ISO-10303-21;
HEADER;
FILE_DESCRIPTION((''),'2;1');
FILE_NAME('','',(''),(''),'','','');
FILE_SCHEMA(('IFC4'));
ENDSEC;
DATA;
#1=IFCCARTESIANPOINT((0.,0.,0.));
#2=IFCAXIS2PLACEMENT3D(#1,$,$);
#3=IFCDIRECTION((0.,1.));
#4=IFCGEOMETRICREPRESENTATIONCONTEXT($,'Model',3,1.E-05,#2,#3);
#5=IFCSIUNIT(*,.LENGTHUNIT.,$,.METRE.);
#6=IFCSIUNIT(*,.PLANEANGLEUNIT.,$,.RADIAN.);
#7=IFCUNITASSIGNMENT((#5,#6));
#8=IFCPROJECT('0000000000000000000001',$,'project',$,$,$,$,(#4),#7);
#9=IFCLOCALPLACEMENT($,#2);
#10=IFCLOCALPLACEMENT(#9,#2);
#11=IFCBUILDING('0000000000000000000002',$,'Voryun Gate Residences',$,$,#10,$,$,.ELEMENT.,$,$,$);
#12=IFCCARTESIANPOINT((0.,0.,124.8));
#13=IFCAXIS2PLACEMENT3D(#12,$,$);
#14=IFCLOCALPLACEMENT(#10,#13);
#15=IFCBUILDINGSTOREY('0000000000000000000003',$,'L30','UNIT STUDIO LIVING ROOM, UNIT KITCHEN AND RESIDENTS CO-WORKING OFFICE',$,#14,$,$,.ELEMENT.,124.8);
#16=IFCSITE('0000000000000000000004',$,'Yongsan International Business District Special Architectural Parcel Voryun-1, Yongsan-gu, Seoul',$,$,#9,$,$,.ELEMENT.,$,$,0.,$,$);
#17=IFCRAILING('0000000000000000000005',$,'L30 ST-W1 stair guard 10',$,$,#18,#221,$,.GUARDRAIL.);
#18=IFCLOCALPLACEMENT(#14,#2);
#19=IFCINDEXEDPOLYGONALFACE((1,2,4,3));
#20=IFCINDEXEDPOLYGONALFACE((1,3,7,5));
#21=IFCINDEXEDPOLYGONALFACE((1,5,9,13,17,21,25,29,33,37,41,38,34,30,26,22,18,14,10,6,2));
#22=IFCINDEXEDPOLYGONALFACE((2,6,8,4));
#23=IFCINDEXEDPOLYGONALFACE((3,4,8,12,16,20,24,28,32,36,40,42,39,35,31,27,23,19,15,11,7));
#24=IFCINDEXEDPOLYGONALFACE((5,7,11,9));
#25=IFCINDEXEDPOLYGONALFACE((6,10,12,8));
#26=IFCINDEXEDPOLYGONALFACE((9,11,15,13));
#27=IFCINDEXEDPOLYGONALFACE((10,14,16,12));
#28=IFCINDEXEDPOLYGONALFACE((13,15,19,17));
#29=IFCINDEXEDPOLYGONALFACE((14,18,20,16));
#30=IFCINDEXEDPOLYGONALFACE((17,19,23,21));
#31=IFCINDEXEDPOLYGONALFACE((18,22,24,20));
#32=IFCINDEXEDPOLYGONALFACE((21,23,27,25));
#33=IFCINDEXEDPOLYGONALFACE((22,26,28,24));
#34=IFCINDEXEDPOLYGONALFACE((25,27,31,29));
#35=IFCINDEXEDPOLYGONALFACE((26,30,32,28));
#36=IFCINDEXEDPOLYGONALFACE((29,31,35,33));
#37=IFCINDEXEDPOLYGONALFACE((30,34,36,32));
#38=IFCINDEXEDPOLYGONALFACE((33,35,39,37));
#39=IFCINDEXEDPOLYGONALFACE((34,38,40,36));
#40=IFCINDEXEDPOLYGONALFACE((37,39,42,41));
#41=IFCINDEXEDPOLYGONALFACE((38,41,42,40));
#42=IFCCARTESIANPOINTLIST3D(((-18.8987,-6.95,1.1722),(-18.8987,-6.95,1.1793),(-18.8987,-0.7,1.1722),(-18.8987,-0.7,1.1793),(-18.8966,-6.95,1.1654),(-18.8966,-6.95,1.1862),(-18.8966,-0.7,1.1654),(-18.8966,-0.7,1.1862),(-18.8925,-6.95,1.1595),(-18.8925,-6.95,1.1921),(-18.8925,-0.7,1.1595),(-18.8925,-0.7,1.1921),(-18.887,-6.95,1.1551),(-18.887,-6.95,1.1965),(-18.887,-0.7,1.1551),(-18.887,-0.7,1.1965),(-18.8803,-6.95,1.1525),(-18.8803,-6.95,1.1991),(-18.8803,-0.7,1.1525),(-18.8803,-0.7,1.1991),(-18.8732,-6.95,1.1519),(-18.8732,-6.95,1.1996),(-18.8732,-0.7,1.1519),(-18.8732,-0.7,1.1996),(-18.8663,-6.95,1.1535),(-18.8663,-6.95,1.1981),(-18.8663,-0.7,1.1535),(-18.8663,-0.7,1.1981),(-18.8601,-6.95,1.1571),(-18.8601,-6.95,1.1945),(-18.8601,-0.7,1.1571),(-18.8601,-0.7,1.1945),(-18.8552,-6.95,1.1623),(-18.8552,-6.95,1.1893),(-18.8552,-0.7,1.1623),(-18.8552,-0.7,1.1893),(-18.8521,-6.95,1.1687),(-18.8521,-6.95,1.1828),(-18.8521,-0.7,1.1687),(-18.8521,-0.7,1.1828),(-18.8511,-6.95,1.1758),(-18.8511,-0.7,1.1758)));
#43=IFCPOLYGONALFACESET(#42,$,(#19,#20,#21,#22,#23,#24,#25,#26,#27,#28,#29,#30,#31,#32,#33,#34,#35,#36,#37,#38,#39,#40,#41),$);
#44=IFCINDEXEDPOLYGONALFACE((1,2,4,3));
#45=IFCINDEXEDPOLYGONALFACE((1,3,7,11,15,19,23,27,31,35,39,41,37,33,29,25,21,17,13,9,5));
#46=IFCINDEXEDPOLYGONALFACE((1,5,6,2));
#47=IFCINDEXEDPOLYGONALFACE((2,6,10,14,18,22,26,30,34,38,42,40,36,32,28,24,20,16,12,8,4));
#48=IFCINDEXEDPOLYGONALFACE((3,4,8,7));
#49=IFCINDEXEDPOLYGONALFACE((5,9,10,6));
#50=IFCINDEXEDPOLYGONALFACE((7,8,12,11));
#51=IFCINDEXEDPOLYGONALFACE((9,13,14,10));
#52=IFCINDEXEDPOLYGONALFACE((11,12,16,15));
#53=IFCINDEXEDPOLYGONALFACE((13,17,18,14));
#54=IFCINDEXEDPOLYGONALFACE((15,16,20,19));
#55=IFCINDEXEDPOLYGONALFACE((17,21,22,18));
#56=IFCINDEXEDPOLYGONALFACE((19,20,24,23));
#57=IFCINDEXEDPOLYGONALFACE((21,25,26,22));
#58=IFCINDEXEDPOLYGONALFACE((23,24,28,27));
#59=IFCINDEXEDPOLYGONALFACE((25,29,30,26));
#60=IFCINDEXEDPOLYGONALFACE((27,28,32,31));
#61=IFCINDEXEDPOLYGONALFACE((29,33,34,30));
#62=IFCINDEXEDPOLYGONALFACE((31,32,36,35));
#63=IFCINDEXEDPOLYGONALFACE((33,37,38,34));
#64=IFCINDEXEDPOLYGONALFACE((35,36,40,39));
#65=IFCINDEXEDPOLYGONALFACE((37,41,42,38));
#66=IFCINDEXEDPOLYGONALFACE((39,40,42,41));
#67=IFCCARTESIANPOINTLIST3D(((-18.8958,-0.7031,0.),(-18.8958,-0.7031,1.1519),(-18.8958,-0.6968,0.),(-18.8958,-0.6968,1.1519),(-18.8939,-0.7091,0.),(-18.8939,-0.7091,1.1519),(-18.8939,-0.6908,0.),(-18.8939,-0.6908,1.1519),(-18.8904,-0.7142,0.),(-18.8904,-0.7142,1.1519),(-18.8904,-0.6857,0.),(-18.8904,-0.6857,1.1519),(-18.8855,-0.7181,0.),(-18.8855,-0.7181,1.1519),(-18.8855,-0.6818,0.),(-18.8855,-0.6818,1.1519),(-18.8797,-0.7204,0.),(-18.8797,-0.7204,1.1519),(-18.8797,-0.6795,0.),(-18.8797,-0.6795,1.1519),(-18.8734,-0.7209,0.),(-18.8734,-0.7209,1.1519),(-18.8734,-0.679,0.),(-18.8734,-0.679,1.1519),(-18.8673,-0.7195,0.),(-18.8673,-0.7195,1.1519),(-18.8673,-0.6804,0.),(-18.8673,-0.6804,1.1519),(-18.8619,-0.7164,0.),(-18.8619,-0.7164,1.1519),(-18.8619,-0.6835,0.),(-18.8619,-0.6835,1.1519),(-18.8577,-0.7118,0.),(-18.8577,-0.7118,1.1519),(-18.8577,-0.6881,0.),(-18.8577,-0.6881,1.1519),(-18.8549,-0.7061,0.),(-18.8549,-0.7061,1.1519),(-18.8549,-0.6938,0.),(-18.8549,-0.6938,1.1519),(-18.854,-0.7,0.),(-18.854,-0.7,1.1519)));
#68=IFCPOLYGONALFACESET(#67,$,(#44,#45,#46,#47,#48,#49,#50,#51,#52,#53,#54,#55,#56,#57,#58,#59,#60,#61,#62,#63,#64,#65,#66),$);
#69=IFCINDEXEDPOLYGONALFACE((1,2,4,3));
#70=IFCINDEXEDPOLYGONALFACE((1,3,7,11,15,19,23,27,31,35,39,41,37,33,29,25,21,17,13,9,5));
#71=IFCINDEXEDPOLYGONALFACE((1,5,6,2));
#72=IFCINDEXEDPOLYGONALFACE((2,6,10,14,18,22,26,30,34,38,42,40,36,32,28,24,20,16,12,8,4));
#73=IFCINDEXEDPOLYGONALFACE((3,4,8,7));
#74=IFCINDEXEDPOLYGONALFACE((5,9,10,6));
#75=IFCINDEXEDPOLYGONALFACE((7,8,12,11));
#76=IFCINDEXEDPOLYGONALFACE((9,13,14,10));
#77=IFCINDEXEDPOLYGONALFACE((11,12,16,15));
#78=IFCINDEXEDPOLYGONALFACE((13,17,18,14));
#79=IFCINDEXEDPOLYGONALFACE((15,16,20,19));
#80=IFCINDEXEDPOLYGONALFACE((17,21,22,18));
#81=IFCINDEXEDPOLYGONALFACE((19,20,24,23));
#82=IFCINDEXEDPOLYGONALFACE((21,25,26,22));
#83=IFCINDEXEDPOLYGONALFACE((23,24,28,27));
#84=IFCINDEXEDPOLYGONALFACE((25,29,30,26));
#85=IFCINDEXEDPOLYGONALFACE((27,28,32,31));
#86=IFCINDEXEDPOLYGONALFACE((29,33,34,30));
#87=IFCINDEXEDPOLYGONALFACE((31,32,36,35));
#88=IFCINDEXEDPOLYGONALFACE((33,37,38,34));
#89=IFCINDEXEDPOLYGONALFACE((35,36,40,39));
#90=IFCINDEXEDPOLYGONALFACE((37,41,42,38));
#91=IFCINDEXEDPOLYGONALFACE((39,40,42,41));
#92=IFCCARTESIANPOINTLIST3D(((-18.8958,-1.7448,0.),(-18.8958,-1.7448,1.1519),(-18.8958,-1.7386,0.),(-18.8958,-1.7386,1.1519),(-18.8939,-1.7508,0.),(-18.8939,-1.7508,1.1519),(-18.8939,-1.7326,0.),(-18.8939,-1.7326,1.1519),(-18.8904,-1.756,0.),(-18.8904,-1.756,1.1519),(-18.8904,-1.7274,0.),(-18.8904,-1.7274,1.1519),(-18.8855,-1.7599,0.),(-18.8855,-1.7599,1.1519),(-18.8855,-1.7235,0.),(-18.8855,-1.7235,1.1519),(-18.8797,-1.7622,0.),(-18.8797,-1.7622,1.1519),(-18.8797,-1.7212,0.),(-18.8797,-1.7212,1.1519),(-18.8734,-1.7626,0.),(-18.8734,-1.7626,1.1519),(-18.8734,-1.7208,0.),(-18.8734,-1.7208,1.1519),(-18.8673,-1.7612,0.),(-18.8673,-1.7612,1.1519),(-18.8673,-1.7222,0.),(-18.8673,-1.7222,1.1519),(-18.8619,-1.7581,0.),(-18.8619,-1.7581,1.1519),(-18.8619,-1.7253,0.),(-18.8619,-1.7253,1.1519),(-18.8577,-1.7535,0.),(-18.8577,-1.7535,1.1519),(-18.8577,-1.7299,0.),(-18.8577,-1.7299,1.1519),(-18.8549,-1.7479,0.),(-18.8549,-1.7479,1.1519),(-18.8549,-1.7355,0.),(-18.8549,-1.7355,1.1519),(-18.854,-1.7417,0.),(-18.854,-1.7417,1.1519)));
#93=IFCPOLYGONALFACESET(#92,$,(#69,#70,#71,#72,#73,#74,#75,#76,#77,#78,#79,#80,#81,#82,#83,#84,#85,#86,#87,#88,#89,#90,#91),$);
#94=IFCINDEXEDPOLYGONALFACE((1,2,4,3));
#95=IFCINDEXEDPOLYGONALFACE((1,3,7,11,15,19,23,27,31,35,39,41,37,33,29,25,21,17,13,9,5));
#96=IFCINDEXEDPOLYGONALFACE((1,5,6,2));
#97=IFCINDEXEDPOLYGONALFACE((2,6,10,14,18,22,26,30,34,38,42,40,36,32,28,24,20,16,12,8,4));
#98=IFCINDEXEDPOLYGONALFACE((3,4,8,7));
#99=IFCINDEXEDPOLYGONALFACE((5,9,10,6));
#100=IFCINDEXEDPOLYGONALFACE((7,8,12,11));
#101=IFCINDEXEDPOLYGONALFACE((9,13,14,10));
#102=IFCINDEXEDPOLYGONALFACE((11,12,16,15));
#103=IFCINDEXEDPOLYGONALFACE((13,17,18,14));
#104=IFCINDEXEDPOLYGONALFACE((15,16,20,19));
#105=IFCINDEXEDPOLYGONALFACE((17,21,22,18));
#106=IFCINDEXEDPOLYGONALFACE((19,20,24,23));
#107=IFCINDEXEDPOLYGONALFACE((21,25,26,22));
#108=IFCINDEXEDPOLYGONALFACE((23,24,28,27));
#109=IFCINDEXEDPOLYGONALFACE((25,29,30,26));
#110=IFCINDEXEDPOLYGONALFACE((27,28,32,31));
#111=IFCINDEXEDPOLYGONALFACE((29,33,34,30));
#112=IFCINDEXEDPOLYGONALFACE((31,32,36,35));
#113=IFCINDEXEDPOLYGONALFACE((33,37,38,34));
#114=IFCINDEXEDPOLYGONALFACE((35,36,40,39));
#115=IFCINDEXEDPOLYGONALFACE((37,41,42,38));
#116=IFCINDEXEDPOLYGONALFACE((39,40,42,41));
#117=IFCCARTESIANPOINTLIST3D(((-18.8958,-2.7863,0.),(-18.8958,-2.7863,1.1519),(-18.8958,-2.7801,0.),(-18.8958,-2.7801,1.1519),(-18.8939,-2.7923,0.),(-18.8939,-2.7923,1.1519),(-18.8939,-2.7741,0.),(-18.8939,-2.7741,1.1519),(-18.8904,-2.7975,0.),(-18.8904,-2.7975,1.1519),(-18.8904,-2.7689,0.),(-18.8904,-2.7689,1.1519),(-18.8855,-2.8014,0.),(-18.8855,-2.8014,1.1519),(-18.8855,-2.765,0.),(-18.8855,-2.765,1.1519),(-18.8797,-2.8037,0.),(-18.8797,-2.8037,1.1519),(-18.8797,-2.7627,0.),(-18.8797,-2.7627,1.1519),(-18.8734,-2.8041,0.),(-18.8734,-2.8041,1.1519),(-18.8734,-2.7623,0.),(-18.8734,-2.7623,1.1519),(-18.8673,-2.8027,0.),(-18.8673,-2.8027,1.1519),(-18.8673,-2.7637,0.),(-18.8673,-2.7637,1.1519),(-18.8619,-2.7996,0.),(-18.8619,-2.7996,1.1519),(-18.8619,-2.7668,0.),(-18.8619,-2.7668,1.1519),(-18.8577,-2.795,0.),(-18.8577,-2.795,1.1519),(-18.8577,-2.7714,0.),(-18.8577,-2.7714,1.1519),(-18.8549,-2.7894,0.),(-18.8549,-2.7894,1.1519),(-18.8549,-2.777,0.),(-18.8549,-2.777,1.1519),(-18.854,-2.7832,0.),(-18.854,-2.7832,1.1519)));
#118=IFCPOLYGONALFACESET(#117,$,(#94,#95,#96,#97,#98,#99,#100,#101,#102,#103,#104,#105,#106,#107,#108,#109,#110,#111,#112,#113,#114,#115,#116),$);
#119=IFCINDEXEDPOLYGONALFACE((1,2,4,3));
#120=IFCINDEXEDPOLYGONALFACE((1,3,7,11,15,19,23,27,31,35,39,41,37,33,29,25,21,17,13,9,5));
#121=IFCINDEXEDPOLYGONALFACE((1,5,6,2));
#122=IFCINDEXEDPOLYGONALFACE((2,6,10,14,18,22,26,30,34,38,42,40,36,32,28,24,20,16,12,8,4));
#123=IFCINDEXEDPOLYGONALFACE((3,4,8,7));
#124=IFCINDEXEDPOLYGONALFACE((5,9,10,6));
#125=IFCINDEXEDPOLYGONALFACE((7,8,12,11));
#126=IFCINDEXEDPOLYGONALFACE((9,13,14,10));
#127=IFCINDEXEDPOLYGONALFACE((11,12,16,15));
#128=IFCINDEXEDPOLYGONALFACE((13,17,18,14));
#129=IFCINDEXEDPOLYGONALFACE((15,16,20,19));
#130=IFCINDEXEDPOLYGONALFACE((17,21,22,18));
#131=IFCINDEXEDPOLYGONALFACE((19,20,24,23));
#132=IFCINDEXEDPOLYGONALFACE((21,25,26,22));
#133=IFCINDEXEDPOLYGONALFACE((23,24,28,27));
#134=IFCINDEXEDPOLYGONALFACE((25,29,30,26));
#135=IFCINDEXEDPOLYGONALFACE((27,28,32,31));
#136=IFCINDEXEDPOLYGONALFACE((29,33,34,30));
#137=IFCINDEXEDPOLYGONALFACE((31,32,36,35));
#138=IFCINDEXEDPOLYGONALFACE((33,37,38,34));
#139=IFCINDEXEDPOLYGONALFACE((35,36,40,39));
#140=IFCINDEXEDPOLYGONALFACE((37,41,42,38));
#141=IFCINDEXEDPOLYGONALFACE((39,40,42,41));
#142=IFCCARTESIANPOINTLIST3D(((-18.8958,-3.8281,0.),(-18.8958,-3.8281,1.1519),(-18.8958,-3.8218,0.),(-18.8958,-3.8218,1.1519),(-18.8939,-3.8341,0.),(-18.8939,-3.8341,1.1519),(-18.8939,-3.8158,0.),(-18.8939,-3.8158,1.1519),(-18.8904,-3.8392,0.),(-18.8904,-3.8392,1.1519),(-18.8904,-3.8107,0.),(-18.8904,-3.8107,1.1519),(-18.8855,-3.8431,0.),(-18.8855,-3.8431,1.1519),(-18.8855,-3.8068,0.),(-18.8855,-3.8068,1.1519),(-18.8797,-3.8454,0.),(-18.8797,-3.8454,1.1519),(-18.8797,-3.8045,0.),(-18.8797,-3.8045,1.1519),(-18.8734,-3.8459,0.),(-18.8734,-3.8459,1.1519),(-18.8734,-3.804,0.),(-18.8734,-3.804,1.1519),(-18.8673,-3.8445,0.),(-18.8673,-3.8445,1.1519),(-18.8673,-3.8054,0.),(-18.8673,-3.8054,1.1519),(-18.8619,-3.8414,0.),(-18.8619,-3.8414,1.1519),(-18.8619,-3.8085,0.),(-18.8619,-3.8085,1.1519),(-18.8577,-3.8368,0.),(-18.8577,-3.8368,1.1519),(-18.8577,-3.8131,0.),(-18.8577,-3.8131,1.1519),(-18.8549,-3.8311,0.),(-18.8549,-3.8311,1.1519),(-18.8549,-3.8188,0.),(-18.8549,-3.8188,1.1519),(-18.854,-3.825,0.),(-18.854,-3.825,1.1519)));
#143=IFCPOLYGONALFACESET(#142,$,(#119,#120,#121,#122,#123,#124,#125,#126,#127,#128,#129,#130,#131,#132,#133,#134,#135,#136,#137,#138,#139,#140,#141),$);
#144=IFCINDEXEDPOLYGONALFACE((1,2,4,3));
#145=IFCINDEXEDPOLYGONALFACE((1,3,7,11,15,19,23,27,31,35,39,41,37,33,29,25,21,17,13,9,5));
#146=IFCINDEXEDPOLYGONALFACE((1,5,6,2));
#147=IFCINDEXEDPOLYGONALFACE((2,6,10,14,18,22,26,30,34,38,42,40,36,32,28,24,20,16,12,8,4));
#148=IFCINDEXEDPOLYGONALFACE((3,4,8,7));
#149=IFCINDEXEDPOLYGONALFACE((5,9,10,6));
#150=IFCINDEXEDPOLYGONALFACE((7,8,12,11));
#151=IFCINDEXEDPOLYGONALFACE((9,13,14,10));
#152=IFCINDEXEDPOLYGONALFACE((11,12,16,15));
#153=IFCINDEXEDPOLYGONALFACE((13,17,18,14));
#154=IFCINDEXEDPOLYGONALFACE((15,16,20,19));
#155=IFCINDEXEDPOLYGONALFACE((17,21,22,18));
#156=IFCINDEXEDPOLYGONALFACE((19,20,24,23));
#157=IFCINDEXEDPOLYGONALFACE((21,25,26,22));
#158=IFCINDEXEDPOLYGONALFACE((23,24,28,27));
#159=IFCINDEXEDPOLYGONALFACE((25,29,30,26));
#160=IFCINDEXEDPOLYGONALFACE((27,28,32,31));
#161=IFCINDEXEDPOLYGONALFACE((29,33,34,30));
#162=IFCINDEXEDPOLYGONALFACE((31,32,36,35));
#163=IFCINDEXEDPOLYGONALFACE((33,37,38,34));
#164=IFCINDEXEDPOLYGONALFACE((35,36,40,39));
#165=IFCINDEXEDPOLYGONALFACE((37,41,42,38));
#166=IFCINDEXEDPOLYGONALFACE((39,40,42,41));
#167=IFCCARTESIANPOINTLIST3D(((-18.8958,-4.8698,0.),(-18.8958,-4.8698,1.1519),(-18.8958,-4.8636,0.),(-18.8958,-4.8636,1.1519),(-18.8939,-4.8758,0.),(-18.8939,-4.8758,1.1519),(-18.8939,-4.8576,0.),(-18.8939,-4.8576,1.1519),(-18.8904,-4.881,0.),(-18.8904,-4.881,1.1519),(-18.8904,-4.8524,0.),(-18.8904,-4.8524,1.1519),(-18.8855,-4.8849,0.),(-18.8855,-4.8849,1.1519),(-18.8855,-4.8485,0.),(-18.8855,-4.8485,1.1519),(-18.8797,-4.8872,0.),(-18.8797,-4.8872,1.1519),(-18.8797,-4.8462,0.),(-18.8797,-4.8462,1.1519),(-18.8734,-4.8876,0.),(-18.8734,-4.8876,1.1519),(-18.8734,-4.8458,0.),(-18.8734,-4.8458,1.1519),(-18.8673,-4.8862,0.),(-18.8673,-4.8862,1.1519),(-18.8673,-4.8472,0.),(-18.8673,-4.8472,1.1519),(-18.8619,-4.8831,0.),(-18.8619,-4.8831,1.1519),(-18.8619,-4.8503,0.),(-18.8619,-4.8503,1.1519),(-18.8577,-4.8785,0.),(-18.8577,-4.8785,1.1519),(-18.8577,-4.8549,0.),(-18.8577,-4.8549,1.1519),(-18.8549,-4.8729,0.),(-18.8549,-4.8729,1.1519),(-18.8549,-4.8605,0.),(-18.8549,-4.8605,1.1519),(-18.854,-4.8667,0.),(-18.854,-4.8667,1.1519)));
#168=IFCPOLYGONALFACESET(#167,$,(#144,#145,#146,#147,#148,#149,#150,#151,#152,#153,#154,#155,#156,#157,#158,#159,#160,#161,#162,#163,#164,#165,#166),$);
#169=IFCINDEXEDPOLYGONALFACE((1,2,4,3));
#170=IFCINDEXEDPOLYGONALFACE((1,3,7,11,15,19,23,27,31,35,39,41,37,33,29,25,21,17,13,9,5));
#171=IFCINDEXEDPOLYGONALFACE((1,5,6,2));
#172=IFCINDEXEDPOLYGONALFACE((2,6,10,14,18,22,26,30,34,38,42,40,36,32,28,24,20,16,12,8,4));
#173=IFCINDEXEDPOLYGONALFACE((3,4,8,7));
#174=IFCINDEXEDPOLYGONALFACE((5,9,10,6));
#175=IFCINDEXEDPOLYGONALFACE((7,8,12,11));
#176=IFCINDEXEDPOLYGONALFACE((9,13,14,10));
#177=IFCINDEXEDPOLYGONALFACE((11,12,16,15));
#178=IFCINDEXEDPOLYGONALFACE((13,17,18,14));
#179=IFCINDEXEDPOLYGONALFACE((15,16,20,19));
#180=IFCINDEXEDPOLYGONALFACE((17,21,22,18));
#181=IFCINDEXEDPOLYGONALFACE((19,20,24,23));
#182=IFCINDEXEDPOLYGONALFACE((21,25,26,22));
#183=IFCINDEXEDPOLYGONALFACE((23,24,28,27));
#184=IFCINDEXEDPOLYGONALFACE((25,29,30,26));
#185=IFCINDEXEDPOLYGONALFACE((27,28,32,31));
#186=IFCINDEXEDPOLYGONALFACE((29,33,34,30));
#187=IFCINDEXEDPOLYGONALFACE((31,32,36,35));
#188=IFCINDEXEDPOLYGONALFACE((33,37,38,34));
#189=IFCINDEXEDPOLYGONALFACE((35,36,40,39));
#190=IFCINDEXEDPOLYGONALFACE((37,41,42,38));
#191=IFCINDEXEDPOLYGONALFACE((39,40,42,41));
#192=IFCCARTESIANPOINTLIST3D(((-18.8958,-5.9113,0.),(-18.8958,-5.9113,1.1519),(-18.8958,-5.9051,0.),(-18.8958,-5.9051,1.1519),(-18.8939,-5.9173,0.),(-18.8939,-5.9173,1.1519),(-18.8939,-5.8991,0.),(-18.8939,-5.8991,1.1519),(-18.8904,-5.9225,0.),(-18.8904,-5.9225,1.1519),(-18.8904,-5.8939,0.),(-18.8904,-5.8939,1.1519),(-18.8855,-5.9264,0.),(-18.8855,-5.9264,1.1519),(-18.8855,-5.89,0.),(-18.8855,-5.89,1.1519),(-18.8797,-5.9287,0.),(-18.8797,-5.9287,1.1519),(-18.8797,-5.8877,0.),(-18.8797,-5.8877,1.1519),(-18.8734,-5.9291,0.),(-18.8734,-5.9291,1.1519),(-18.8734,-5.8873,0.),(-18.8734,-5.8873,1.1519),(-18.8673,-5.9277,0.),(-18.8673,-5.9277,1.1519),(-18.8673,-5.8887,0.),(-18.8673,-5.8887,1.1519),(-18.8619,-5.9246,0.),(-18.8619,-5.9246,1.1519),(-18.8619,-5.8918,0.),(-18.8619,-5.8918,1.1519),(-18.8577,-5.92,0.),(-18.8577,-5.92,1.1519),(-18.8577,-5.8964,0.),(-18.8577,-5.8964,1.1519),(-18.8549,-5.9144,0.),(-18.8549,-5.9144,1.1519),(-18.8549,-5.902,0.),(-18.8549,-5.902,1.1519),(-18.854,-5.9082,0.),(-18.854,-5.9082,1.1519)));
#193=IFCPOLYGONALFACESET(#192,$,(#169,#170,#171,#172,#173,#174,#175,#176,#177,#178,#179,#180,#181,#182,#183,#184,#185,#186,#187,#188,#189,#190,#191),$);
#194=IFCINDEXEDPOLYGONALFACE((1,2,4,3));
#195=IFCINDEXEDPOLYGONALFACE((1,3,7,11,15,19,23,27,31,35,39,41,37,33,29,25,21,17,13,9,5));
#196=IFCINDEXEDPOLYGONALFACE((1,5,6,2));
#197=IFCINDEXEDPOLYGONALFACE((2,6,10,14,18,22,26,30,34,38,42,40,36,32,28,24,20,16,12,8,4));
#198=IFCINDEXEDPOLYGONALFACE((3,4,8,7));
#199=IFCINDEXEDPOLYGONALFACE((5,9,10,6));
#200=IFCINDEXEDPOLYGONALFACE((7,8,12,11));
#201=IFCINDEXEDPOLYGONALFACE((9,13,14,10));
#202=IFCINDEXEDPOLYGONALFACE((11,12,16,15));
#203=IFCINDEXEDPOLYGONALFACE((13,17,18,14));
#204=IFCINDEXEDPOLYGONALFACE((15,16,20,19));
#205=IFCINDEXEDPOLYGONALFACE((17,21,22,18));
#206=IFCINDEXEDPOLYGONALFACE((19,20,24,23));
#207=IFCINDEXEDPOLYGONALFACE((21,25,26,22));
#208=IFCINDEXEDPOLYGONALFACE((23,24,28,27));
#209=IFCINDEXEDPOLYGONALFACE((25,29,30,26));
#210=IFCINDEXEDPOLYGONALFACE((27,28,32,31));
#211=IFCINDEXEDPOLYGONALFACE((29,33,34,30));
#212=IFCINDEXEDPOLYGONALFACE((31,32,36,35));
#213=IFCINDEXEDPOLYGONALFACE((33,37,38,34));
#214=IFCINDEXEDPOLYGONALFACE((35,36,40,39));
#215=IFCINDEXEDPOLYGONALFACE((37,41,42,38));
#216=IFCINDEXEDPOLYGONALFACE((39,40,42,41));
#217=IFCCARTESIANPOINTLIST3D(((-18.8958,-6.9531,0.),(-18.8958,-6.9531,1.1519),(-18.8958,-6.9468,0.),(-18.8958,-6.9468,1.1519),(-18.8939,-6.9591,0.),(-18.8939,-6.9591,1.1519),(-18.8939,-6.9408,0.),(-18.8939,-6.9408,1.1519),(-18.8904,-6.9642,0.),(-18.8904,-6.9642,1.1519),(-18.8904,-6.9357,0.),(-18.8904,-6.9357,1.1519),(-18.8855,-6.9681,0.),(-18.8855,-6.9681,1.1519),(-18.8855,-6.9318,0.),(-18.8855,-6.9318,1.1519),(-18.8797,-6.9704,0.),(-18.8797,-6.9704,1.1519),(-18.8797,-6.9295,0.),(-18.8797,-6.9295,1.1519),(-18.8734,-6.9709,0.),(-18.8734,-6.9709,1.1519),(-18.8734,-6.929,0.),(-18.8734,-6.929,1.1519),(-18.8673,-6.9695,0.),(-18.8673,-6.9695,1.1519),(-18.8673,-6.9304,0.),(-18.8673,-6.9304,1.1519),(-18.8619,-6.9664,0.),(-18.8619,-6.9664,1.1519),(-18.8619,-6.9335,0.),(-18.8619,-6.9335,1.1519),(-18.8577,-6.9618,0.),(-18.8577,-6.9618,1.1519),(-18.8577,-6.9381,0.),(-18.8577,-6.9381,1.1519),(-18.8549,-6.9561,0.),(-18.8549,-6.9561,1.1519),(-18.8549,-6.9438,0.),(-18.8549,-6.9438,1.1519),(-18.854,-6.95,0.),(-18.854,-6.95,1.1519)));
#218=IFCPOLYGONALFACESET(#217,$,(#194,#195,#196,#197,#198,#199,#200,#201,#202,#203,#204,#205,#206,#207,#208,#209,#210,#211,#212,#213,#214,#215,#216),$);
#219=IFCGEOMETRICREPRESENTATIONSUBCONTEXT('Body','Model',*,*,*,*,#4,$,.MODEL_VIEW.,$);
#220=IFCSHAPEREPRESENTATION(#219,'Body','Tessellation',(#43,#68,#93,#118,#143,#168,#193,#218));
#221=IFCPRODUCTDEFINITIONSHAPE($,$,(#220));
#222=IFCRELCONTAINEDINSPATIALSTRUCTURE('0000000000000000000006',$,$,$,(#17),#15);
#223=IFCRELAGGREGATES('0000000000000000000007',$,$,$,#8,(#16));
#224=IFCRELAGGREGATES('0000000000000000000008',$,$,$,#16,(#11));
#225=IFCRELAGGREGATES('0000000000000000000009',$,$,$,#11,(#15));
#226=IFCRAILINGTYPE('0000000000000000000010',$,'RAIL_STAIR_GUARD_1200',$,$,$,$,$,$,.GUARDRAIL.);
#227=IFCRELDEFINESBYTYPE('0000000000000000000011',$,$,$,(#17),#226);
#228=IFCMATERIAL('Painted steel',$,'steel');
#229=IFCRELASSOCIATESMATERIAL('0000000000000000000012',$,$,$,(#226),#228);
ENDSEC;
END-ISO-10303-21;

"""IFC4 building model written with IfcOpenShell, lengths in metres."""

from ifc_helpers import new_model, si_unit, direction, frame, origin, origin_2d, place, context, subcontext, project, spatial, circle, extrude, material, type_object, element, save


model = new_model("IFC4")

# Units and contexts
model_context = context("Model", 3, precision=1e-05, world=origin(), true_north=direction((0.0, 1.0)))
body_context = subcontext(model_context, "Body", "Model", "MODEL_VIEW")
ifc_project = project(units=[si_unit("LENGTHUNIT", "METRE"), si_unit("PLANEANGLEUNIT", "RADIAN")], contexts=[model_context])

# Site, building, storey
site_placement = place(None, origin())
site = spatial("IfcSite", under=ifc_project, at=site_placement, Name="Yongsan International Business District Special Architectural Parcel Voryun-1, Yongsan-gu, Seoul", CompositionType="ELEMENT", RefElevation=0.0)
building_placement = place(site_placement, origin())
building = spatial("IfcBuilding", under=site, at=building_placement, Name="Voryun Gate Residences", CompositionType="ELEMENT")
storey_placement = place(building_placement, frame((0.0, 0.0, 124.8)))
storey = spatial("IfcBuildingStorey", under=building, at=storey_placement, Name="L30", Description="UNIT STUDIO LIVING ROOM, UNIT KITCHEN AND RESIDENTS CO-WORKING OFFICE", CompositionType="ELEMENT", Elevation=124.8)

# Railing
ifc_material_1 = material(Name="Painted steel", Category="steel")
railing_type = type_object("IfcRailingType", Name="RAIL_STAIR_GUARD_1200", PredefinedType="GUARDRAIL", material=ifc_material_1)
railing_1_placement = place(storey_placement, frame((-18.875, -0.7, 0.0)))
element("IfcRailing", 1, at=railing_1_placement, inside=storey, type_object=railing_type, Name="L30 ST-W1 stair guard 10", PredefinedType="GUARDRAIL", context=body_context, shape_type="SweptSolid", body=[
    extrude(circle(Radius=0.0239, at=origin_2d()), frame((0.0, 0.0, 1.1758), z_axis=(0.0, -1.0, 0.0), x_axis=(1.0, 0.0, 0.0)), (0.0, 0.0, 1.0), 6.25),
    extrude(circle(Radius=0.021, at=origin_2d()), origin(), (0.0, 0.0, 1.0), 1.1519),
    extrude(circle(Radius=0.021, at=origin_2d()), frame((0.0, -1.0417, 0.0)), (0.0, 0.0, 1.0), 1.1519),
    extrude(circle(Radius=0.021, at=origin_2d()), frame((0.0, -2.0833, 0.0)), (0.0, 0.0, 1.0), 1.1519),
    extrude(circle(Radius=0.021, at=origin_2d()), frame((0.0, -3.125, 0.0)), (0.0, 0.0, 1.0), 1.1519),
    extrude(circle(Radius=0.021, at=origin_2d()), frame((0.0, -4.1667, 0.0)), (0.0, 0.0, 1.0), 1.1519),
    extrude(circle(Radius=0.021, at=origin_2d()), frame((0.0, -5.2083, 0.0)), (0.0, 0.0, 1.0), 1.1519),
    extrude(circle(Radius=0.021, at=origin_2d()), frame((0.0, -6.25, 0.0)), (0.0, 0.0, 1.0), 1.1519),
])

save(model, "model.ifc")
